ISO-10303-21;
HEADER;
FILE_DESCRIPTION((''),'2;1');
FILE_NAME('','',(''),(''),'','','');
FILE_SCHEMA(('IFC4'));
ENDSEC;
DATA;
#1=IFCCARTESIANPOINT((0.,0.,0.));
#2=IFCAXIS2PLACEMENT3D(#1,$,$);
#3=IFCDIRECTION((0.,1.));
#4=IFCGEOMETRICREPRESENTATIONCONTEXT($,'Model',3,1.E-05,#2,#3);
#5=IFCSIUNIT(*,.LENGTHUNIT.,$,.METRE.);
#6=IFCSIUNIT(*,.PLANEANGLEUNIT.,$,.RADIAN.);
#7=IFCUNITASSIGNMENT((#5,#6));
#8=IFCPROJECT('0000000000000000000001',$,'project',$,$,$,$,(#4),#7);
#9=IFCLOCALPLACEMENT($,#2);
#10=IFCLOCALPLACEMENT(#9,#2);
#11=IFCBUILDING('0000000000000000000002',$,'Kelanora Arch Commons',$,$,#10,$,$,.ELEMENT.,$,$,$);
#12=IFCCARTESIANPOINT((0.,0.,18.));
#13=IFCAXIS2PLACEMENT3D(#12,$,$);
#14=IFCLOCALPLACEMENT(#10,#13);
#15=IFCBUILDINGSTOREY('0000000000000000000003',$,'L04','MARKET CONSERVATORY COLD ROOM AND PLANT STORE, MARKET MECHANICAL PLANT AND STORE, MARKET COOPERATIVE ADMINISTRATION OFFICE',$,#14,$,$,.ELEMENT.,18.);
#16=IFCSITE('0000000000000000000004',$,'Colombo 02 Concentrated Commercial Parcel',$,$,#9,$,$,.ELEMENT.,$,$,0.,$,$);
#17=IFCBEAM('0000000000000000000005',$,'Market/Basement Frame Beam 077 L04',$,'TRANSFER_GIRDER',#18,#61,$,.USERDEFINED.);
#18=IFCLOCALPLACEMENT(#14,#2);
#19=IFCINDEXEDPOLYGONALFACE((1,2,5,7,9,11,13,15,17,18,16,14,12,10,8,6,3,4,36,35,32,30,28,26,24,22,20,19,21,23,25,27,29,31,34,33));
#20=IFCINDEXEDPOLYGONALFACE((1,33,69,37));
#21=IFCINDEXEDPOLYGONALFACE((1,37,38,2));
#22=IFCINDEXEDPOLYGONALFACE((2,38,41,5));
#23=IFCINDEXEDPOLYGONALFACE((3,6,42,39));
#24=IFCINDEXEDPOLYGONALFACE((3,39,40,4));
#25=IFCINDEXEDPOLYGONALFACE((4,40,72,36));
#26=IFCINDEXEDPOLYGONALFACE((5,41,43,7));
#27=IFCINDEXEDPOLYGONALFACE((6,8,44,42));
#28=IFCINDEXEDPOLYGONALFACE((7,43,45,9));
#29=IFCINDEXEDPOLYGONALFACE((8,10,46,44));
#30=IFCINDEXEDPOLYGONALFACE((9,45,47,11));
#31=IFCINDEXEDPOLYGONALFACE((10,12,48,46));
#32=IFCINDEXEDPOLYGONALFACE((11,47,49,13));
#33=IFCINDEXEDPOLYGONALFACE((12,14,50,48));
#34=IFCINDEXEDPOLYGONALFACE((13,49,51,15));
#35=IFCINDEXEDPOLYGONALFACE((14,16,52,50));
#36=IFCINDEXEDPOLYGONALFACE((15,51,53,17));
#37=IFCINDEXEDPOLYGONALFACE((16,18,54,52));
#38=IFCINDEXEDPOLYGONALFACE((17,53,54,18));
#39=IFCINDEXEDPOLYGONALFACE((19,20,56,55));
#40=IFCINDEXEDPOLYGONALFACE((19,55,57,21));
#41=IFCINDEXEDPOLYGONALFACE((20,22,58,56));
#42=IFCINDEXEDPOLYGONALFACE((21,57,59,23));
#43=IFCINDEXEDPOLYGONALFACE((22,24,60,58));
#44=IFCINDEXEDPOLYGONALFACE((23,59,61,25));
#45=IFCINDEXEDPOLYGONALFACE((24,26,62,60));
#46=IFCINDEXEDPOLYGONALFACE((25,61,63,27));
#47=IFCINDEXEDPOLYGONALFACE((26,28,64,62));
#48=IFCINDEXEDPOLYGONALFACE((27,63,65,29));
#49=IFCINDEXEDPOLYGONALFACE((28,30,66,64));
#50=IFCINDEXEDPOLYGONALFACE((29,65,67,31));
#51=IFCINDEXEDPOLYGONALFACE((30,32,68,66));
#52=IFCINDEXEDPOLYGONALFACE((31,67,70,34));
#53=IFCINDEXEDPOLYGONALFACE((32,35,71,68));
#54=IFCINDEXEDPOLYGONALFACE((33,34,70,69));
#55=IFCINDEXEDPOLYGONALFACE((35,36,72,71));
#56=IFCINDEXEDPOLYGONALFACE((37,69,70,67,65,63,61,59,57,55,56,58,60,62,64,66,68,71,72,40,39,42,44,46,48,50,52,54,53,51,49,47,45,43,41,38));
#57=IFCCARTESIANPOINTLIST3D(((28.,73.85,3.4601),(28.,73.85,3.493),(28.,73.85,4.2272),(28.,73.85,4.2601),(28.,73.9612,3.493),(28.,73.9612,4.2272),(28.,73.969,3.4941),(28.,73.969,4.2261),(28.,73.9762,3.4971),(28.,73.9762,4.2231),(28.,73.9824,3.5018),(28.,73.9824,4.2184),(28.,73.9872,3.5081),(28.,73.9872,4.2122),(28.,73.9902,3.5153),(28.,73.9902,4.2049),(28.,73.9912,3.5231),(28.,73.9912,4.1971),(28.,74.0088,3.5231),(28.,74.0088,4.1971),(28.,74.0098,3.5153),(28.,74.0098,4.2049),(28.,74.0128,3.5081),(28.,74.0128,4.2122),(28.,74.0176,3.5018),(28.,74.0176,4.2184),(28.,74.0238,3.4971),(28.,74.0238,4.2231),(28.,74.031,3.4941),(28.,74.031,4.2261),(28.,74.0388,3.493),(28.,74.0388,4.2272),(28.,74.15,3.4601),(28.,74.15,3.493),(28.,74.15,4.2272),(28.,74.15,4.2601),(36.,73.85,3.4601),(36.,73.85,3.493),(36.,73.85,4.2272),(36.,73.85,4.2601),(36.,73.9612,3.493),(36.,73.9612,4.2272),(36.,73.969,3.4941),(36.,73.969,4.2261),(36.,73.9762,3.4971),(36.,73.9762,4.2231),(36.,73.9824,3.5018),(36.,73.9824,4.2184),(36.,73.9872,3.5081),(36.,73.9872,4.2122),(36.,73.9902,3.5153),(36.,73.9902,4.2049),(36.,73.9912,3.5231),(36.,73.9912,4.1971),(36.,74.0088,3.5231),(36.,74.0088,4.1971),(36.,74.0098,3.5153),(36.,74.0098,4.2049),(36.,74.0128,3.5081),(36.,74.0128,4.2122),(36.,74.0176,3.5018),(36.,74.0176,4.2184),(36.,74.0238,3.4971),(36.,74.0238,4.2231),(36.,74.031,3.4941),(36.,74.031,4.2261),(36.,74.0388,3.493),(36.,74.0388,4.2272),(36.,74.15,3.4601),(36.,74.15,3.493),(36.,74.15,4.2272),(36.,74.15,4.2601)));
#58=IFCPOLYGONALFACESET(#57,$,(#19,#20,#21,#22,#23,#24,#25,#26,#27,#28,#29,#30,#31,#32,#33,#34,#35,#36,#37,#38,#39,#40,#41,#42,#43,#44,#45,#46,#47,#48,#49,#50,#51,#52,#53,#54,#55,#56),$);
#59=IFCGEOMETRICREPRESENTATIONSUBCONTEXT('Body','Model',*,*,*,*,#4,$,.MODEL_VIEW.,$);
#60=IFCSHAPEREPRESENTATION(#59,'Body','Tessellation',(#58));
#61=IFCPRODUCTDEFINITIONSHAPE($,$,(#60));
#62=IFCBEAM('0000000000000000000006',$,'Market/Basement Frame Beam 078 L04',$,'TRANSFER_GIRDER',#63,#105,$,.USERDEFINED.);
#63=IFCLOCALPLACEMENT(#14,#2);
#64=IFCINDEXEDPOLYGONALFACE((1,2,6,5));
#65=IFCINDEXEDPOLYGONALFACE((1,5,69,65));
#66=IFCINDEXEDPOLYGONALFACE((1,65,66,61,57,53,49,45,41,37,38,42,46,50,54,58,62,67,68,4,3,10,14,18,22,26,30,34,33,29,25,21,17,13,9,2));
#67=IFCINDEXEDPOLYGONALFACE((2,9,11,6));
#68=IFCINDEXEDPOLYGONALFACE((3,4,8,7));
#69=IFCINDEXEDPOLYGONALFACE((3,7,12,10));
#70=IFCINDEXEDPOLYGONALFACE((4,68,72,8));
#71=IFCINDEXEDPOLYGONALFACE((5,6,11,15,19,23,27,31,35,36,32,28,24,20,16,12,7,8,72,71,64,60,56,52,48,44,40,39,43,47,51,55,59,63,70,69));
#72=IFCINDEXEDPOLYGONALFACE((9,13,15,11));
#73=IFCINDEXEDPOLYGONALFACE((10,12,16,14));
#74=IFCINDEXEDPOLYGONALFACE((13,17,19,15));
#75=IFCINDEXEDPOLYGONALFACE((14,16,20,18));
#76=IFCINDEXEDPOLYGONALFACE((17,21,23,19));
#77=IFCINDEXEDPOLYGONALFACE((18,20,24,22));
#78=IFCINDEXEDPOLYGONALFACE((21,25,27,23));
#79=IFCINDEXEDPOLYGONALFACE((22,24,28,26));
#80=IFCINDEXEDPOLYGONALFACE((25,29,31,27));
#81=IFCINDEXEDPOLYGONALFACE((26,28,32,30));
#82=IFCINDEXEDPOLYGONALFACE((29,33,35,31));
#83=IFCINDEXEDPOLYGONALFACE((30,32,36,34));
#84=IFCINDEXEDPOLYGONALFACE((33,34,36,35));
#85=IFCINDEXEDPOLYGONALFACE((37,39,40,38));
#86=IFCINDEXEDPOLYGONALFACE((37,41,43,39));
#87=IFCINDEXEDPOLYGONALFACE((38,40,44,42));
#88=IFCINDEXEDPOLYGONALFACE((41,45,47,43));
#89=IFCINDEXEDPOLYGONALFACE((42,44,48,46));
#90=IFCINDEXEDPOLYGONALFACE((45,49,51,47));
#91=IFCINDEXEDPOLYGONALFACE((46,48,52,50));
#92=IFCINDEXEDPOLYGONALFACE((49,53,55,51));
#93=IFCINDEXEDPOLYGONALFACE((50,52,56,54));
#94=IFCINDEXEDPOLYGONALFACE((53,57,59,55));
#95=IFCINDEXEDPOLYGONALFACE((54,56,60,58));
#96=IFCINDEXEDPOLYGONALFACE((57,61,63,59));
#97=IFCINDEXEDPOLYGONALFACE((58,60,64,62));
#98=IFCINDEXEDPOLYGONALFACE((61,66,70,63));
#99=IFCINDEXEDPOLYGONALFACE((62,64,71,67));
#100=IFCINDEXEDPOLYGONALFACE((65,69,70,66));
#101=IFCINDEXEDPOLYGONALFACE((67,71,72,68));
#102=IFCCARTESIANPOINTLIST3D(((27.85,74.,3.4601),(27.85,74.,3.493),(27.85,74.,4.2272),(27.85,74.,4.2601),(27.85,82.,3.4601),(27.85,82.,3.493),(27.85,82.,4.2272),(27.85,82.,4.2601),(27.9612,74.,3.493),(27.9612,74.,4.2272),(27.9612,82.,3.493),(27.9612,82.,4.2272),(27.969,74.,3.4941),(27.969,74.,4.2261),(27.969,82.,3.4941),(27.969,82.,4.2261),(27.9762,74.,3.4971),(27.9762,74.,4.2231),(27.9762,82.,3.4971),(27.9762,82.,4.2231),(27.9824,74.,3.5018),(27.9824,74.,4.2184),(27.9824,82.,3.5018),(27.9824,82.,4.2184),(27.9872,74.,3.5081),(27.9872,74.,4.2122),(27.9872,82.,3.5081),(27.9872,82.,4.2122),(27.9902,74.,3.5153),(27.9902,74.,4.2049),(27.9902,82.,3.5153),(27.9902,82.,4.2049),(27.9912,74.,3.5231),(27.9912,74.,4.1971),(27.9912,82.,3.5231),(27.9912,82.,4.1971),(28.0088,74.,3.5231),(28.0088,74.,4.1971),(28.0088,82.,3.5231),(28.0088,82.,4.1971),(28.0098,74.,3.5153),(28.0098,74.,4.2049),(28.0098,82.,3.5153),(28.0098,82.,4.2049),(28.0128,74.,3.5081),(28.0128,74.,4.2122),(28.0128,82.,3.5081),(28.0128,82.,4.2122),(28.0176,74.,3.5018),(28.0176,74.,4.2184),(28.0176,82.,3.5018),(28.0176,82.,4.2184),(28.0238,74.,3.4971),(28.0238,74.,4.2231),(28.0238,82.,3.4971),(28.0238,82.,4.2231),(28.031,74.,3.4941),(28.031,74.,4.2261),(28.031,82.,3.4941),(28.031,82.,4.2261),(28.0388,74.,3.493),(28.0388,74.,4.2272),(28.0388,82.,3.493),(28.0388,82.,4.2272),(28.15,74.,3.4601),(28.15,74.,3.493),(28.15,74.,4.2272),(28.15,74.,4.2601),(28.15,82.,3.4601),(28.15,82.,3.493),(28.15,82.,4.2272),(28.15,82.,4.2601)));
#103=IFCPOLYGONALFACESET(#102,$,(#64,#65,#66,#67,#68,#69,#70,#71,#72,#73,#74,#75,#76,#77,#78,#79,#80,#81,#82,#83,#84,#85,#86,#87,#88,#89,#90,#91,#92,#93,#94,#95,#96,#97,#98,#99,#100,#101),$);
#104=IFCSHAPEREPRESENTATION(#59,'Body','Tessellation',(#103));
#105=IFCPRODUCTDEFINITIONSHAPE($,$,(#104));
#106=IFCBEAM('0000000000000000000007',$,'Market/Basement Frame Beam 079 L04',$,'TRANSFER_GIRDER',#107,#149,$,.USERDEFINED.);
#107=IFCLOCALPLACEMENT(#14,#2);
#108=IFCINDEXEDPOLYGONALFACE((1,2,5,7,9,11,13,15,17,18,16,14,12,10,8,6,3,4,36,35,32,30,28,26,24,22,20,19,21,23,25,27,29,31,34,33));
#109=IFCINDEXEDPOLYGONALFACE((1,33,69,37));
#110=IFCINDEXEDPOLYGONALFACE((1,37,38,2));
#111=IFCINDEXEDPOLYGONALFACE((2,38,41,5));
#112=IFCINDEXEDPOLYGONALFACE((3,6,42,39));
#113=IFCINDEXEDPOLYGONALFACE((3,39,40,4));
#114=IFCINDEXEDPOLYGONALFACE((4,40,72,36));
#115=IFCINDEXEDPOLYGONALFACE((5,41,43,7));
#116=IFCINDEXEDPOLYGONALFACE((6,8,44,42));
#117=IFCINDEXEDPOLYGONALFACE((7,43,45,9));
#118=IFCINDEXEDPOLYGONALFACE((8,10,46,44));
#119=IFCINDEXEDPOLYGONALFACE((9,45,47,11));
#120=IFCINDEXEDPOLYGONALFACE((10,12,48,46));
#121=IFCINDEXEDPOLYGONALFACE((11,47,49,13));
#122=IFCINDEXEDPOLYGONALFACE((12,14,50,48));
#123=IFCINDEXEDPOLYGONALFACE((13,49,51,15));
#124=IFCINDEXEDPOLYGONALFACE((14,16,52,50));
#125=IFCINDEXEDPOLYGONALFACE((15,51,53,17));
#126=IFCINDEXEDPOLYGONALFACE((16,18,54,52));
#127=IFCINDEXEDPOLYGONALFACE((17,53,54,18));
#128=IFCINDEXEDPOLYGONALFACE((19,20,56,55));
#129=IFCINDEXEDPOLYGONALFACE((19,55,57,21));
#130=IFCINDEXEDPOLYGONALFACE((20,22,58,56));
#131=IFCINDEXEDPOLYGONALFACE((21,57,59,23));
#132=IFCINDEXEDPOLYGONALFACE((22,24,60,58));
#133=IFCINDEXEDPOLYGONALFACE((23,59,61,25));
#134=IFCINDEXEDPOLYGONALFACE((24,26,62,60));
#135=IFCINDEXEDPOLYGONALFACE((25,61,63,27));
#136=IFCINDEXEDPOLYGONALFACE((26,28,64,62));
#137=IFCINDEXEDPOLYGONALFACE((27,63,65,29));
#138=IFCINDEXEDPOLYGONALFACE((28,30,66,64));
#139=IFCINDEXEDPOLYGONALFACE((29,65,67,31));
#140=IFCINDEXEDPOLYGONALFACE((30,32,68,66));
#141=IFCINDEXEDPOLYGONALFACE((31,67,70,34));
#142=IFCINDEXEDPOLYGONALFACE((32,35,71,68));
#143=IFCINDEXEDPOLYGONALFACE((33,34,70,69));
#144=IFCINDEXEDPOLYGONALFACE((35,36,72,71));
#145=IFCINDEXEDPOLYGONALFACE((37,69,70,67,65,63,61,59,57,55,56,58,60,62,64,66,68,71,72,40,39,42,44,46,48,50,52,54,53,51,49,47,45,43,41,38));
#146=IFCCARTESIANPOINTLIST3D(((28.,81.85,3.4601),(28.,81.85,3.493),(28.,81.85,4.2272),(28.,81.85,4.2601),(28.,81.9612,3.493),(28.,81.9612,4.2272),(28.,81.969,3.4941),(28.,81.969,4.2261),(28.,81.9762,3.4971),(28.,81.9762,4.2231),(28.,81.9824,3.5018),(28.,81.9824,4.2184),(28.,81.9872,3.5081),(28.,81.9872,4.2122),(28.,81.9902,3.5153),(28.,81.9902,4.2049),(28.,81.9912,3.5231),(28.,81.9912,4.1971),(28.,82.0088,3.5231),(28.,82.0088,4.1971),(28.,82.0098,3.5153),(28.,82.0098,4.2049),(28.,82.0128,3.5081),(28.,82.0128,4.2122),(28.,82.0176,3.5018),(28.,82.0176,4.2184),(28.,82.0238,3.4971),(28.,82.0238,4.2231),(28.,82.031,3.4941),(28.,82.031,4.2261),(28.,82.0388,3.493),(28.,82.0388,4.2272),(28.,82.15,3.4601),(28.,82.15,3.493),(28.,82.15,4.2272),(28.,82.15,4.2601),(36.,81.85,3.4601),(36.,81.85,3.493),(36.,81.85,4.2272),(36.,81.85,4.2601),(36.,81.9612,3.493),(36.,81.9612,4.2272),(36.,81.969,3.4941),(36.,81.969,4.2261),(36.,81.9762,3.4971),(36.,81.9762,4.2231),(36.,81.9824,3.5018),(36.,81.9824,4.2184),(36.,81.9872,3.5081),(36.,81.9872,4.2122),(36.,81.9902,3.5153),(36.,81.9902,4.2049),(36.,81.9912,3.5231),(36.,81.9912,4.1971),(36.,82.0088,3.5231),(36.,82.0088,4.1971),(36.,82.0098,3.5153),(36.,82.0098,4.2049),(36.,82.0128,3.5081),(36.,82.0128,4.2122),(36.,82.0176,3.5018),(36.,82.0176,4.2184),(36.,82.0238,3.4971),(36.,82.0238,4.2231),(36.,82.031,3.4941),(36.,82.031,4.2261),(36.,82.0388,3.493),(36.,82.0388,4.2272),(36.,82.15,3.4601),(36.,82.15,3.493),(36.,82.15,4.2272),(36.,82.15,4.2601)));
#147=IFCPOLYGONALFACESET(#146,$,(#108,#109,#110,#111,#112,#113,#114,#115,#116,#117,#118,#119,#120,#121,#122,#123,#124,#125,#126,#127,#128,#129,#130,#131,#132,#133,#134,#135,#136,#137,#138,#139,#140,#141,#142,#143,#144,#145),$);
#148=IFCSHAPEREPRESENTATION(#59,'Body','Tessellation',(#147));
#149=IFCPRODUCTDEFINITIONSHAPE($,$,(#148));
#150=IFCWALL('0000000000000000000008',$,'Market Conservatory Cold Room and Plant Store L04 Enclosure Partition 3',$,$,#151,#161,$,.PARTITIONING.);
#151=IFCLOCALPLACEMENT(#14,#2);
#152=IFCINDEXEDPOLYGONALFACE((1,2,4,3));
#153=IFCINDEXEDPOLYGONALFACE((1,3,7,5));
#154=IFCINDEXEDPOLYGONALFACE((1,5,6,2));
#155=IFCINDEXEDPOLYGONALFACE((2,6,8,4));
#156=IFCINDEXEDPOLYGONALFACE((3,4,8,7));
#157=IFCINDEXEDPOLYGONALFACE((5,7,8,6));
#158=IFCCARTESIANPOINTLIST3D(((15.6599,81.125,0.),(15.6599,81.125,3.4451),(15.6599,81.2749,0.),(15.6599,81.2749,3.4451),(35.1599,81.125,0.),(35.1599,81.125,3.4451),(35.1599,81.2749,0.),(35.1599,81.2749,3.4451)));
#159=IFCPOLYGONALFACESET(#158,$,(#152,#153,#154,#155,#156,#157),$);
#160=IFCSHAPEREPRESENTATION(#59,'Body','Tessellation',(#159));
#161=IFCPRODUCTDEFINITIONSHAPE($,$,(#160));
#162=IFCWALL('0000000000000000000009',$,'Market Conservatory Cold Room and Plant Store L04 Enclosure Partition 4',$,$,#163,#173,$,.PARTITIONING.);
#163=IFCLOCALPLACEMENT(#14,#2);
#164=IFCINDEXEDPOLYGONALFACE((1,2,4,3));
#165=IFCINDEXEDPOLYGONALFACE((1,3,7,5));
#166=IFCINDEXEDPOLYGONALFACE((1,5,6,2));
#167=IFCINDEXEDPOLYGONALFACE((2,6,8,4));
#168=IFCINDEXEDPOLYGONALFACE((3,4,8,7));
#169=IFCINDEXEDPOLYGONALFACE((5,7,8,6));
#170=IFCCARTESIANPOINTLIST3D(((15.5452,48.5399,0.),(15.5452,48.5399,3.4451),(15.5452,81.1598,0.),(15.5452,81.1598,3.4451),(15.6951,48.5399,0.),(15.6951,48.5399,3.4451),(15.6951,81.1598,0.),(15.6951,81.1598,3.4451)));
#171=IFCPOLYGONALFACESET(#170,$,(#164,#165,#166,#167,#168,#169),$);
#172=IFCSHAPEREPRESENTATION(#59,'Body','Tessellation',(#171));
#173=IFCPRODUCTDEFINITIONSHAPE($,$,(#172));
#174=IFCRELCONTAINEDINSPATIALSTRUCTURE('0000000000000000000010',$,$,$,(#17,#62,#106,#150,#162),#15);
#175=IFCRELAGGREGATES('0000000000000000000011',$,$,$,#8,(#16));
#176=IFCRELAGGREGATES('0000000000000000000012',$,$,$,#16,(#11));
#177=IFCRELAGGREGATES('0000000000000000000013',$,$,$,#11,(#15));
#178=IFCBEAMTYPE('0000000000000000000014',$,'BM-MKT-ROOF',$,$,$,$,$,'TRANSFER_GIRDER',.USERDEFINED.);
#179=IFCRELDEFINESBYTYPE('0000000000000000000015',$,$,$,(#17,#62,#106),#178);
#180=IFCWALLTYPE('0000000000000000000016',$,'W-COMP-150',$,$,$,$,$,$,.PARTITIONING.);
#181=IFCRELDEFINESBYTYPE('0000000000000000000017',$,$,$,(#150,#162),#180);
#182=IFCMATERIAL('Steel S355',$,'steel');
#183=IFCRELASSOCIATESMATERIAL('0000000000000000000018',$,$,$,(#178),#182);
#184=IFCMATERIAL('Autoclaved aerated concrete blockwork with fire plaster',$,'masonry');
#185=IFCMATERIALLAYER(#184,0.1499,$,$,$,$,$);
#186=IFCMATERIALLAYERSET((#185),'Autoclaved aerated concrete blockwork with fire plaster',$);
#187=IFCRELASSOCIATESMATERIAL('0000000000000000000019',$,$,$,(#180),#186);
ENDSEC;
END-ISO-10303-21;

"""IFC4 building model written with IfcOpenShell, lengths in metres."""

from ifc_helpers import new_model, si_unit, direction, frame, frame_2d, origin, origin_2d, place, context, subcontext, project, spatial, rectangle, i_section, extrude, material, layer, layer_set, material_profile, profile_set, type_object, element, save


model = new_model("IFC4")

# Units and contexts
model_context = context("Model", 3, precision=1e-05, world=origin(), true_north=direction((0.0, 1.0)))
body_context = subcontext(model_context, "Body", "Model", "MODEL_VIEW")
ifc_project = project(units=[si_unit("LENGTHUNIT", "METRE"), si_unit("PLANEANGLEUNIT", "RADIAN")], contexts=[model_context])

# Site, building, storey
site_placement = place(None, origin())
site = spatial("IfcSite", under=ifc_project, at=site_placement, Name="Colombo 02 Concentrated Commercial Parcel", CompositionType="ELEMENT", RefElevation=0.0)
building_placement = place(site_placement, origin())
building = spatial("IfcBuilding", under=site, at=building_placement, Name="Kelanora Arch Commons", CompositionType="ELEMENT")
storey_placement = place(building_placement, frame((0.0, 0.0, 18.0)))
storey = spatial("IfcBuildingStorey", under=building, at=storey_placement, Name="L04", Description="MARKET CONSERVATORY COLD ROOM AND PLANT STORE, MARKET MECHANICAL PLANT AND STORE, MARKET COOPERATIVE ADMINISTRATION OFFICE", CompositionType="ELEMENT", Elevation=18.0)

# Beams
ifc_material_1 = material(Name="Steel S355", Category="steel")
ifc_material_profile_1 = material_profile(ifc_material_1, i_section(OverallWidth=0.3, OverallDepth=0.8, WebThickness=0.0176, FlangeThickness=0.033, FilletRadius=0.03, at=origin_2d()), Name="HEB800")
ifc_profile_set_1 = profile_set([ifc_material_profile_1], Name="Steel S355")
beam_type = type_object("IfcBeamType", Name="BM-MKT-ROOF", ElementType="TRANSFER_GIRDER", PredefinedType="USERDEFINED", material=ifc_profile_set_1)
for number, where, z_axis, x_axis, name in (
    (1, (28.0, 74.0, 3.8601), (1.0, 0.0, 0.0), (0.0, 1.0, 0.0), "Market/Basement Frame Beam 077 L04"),
    (2, (28.0, 74.0, 3.8601), (0.0, 1.0, 0.0), (-1.0, 0.0, 0.0), "Market/Basement Frame Beam 078 L04"),
    (3, (28.0, 82.0, 3.8601), (1.0, 0.0, 0.0), (0.0, 1.0, 0.0), "Market/Basement Frame Beam 079 L04"),
):
    element("IfcBeam", number, at=place(storey_placement, frame(where, z_axis=z_axis, x_axis=x_axis)), inside=storey, type_object=beam_type, Name=name, ObjectType="TRANSFER_GIRDER", PredefinedType="USERDEFINED", context=body_context, shape_type="SweptSolid", body=[
        extrude(i_section(OverallWidth=0.3, OverallDepth=0.8, WebThickness=0.0176, FlangeThickness=0.033, FilletRadius=0.03, at=origin_2d()), origin(), (0.0, 0.0, 1.0), 8.0),
    ])

# Walls
ifc_material_2 = material(Name="Autoclaved aerated concrete blockwork with fire plaster", Category="masonry")
ifc_layer_1 = layer(ifc_material_2, 0.1499)
ifc_layer_set_1 = layer_set([ifc_layer_1], Name="Autoclaved aerated concrete blockwork with fire plaster")
wall_type_1 = type_object("IfcWallType", Name="W-COMP-150", PredefinedType="PARTITIONING", material=ifc_layer_set_1)
wall_1_placement = place(storey_placement, frame((35.1599, 81.2, 0.0), z_axis=(0.0, 0.0, 1.0), x_axis=(-1.0, 0.0, 0.0)))
element("IfcWall", 4, at=wall_1_placement, inside=storey, type_object=wall_type_1, Name="Market Conservatory Cold Room and Plant Store L04 Enclosure Partition 3", PredefinedType="PARTITIONING", context=body_context, shape_type="SweptSolid", body=[
    extrude(rectangle(XDim=19.5, YDim=0.1499, at=frame_2d((9.75, 0.0))), origin(), (0.0, 0.0, 1.0), 3.4451),
])
wall_2_placement = place(storey_placement, frame((15.6201, 81.1599, 0.0), z_axis=(0.0, 0.0, 1.0), x_axis=(0.0, -1.0, 0.0)))
element("IfcWall", 5, at=wall_2_placement, inside=storey, type_object=wall_type_1, Name="Market Conservatory Cold Room and Plant Store L04 Enclosure Partition 4", PredefinedType="PARTITIONING", context=body_context, shape_type="SweptSolid", body=[
    extrude(rectangle(XDim=32.6199, YDim=0.1499, at=frame_2d((16.3101, 0.0))), origin(), (0.0, 0.0, 1.0), 3.4451),
])

save(model, "model.ifc")
